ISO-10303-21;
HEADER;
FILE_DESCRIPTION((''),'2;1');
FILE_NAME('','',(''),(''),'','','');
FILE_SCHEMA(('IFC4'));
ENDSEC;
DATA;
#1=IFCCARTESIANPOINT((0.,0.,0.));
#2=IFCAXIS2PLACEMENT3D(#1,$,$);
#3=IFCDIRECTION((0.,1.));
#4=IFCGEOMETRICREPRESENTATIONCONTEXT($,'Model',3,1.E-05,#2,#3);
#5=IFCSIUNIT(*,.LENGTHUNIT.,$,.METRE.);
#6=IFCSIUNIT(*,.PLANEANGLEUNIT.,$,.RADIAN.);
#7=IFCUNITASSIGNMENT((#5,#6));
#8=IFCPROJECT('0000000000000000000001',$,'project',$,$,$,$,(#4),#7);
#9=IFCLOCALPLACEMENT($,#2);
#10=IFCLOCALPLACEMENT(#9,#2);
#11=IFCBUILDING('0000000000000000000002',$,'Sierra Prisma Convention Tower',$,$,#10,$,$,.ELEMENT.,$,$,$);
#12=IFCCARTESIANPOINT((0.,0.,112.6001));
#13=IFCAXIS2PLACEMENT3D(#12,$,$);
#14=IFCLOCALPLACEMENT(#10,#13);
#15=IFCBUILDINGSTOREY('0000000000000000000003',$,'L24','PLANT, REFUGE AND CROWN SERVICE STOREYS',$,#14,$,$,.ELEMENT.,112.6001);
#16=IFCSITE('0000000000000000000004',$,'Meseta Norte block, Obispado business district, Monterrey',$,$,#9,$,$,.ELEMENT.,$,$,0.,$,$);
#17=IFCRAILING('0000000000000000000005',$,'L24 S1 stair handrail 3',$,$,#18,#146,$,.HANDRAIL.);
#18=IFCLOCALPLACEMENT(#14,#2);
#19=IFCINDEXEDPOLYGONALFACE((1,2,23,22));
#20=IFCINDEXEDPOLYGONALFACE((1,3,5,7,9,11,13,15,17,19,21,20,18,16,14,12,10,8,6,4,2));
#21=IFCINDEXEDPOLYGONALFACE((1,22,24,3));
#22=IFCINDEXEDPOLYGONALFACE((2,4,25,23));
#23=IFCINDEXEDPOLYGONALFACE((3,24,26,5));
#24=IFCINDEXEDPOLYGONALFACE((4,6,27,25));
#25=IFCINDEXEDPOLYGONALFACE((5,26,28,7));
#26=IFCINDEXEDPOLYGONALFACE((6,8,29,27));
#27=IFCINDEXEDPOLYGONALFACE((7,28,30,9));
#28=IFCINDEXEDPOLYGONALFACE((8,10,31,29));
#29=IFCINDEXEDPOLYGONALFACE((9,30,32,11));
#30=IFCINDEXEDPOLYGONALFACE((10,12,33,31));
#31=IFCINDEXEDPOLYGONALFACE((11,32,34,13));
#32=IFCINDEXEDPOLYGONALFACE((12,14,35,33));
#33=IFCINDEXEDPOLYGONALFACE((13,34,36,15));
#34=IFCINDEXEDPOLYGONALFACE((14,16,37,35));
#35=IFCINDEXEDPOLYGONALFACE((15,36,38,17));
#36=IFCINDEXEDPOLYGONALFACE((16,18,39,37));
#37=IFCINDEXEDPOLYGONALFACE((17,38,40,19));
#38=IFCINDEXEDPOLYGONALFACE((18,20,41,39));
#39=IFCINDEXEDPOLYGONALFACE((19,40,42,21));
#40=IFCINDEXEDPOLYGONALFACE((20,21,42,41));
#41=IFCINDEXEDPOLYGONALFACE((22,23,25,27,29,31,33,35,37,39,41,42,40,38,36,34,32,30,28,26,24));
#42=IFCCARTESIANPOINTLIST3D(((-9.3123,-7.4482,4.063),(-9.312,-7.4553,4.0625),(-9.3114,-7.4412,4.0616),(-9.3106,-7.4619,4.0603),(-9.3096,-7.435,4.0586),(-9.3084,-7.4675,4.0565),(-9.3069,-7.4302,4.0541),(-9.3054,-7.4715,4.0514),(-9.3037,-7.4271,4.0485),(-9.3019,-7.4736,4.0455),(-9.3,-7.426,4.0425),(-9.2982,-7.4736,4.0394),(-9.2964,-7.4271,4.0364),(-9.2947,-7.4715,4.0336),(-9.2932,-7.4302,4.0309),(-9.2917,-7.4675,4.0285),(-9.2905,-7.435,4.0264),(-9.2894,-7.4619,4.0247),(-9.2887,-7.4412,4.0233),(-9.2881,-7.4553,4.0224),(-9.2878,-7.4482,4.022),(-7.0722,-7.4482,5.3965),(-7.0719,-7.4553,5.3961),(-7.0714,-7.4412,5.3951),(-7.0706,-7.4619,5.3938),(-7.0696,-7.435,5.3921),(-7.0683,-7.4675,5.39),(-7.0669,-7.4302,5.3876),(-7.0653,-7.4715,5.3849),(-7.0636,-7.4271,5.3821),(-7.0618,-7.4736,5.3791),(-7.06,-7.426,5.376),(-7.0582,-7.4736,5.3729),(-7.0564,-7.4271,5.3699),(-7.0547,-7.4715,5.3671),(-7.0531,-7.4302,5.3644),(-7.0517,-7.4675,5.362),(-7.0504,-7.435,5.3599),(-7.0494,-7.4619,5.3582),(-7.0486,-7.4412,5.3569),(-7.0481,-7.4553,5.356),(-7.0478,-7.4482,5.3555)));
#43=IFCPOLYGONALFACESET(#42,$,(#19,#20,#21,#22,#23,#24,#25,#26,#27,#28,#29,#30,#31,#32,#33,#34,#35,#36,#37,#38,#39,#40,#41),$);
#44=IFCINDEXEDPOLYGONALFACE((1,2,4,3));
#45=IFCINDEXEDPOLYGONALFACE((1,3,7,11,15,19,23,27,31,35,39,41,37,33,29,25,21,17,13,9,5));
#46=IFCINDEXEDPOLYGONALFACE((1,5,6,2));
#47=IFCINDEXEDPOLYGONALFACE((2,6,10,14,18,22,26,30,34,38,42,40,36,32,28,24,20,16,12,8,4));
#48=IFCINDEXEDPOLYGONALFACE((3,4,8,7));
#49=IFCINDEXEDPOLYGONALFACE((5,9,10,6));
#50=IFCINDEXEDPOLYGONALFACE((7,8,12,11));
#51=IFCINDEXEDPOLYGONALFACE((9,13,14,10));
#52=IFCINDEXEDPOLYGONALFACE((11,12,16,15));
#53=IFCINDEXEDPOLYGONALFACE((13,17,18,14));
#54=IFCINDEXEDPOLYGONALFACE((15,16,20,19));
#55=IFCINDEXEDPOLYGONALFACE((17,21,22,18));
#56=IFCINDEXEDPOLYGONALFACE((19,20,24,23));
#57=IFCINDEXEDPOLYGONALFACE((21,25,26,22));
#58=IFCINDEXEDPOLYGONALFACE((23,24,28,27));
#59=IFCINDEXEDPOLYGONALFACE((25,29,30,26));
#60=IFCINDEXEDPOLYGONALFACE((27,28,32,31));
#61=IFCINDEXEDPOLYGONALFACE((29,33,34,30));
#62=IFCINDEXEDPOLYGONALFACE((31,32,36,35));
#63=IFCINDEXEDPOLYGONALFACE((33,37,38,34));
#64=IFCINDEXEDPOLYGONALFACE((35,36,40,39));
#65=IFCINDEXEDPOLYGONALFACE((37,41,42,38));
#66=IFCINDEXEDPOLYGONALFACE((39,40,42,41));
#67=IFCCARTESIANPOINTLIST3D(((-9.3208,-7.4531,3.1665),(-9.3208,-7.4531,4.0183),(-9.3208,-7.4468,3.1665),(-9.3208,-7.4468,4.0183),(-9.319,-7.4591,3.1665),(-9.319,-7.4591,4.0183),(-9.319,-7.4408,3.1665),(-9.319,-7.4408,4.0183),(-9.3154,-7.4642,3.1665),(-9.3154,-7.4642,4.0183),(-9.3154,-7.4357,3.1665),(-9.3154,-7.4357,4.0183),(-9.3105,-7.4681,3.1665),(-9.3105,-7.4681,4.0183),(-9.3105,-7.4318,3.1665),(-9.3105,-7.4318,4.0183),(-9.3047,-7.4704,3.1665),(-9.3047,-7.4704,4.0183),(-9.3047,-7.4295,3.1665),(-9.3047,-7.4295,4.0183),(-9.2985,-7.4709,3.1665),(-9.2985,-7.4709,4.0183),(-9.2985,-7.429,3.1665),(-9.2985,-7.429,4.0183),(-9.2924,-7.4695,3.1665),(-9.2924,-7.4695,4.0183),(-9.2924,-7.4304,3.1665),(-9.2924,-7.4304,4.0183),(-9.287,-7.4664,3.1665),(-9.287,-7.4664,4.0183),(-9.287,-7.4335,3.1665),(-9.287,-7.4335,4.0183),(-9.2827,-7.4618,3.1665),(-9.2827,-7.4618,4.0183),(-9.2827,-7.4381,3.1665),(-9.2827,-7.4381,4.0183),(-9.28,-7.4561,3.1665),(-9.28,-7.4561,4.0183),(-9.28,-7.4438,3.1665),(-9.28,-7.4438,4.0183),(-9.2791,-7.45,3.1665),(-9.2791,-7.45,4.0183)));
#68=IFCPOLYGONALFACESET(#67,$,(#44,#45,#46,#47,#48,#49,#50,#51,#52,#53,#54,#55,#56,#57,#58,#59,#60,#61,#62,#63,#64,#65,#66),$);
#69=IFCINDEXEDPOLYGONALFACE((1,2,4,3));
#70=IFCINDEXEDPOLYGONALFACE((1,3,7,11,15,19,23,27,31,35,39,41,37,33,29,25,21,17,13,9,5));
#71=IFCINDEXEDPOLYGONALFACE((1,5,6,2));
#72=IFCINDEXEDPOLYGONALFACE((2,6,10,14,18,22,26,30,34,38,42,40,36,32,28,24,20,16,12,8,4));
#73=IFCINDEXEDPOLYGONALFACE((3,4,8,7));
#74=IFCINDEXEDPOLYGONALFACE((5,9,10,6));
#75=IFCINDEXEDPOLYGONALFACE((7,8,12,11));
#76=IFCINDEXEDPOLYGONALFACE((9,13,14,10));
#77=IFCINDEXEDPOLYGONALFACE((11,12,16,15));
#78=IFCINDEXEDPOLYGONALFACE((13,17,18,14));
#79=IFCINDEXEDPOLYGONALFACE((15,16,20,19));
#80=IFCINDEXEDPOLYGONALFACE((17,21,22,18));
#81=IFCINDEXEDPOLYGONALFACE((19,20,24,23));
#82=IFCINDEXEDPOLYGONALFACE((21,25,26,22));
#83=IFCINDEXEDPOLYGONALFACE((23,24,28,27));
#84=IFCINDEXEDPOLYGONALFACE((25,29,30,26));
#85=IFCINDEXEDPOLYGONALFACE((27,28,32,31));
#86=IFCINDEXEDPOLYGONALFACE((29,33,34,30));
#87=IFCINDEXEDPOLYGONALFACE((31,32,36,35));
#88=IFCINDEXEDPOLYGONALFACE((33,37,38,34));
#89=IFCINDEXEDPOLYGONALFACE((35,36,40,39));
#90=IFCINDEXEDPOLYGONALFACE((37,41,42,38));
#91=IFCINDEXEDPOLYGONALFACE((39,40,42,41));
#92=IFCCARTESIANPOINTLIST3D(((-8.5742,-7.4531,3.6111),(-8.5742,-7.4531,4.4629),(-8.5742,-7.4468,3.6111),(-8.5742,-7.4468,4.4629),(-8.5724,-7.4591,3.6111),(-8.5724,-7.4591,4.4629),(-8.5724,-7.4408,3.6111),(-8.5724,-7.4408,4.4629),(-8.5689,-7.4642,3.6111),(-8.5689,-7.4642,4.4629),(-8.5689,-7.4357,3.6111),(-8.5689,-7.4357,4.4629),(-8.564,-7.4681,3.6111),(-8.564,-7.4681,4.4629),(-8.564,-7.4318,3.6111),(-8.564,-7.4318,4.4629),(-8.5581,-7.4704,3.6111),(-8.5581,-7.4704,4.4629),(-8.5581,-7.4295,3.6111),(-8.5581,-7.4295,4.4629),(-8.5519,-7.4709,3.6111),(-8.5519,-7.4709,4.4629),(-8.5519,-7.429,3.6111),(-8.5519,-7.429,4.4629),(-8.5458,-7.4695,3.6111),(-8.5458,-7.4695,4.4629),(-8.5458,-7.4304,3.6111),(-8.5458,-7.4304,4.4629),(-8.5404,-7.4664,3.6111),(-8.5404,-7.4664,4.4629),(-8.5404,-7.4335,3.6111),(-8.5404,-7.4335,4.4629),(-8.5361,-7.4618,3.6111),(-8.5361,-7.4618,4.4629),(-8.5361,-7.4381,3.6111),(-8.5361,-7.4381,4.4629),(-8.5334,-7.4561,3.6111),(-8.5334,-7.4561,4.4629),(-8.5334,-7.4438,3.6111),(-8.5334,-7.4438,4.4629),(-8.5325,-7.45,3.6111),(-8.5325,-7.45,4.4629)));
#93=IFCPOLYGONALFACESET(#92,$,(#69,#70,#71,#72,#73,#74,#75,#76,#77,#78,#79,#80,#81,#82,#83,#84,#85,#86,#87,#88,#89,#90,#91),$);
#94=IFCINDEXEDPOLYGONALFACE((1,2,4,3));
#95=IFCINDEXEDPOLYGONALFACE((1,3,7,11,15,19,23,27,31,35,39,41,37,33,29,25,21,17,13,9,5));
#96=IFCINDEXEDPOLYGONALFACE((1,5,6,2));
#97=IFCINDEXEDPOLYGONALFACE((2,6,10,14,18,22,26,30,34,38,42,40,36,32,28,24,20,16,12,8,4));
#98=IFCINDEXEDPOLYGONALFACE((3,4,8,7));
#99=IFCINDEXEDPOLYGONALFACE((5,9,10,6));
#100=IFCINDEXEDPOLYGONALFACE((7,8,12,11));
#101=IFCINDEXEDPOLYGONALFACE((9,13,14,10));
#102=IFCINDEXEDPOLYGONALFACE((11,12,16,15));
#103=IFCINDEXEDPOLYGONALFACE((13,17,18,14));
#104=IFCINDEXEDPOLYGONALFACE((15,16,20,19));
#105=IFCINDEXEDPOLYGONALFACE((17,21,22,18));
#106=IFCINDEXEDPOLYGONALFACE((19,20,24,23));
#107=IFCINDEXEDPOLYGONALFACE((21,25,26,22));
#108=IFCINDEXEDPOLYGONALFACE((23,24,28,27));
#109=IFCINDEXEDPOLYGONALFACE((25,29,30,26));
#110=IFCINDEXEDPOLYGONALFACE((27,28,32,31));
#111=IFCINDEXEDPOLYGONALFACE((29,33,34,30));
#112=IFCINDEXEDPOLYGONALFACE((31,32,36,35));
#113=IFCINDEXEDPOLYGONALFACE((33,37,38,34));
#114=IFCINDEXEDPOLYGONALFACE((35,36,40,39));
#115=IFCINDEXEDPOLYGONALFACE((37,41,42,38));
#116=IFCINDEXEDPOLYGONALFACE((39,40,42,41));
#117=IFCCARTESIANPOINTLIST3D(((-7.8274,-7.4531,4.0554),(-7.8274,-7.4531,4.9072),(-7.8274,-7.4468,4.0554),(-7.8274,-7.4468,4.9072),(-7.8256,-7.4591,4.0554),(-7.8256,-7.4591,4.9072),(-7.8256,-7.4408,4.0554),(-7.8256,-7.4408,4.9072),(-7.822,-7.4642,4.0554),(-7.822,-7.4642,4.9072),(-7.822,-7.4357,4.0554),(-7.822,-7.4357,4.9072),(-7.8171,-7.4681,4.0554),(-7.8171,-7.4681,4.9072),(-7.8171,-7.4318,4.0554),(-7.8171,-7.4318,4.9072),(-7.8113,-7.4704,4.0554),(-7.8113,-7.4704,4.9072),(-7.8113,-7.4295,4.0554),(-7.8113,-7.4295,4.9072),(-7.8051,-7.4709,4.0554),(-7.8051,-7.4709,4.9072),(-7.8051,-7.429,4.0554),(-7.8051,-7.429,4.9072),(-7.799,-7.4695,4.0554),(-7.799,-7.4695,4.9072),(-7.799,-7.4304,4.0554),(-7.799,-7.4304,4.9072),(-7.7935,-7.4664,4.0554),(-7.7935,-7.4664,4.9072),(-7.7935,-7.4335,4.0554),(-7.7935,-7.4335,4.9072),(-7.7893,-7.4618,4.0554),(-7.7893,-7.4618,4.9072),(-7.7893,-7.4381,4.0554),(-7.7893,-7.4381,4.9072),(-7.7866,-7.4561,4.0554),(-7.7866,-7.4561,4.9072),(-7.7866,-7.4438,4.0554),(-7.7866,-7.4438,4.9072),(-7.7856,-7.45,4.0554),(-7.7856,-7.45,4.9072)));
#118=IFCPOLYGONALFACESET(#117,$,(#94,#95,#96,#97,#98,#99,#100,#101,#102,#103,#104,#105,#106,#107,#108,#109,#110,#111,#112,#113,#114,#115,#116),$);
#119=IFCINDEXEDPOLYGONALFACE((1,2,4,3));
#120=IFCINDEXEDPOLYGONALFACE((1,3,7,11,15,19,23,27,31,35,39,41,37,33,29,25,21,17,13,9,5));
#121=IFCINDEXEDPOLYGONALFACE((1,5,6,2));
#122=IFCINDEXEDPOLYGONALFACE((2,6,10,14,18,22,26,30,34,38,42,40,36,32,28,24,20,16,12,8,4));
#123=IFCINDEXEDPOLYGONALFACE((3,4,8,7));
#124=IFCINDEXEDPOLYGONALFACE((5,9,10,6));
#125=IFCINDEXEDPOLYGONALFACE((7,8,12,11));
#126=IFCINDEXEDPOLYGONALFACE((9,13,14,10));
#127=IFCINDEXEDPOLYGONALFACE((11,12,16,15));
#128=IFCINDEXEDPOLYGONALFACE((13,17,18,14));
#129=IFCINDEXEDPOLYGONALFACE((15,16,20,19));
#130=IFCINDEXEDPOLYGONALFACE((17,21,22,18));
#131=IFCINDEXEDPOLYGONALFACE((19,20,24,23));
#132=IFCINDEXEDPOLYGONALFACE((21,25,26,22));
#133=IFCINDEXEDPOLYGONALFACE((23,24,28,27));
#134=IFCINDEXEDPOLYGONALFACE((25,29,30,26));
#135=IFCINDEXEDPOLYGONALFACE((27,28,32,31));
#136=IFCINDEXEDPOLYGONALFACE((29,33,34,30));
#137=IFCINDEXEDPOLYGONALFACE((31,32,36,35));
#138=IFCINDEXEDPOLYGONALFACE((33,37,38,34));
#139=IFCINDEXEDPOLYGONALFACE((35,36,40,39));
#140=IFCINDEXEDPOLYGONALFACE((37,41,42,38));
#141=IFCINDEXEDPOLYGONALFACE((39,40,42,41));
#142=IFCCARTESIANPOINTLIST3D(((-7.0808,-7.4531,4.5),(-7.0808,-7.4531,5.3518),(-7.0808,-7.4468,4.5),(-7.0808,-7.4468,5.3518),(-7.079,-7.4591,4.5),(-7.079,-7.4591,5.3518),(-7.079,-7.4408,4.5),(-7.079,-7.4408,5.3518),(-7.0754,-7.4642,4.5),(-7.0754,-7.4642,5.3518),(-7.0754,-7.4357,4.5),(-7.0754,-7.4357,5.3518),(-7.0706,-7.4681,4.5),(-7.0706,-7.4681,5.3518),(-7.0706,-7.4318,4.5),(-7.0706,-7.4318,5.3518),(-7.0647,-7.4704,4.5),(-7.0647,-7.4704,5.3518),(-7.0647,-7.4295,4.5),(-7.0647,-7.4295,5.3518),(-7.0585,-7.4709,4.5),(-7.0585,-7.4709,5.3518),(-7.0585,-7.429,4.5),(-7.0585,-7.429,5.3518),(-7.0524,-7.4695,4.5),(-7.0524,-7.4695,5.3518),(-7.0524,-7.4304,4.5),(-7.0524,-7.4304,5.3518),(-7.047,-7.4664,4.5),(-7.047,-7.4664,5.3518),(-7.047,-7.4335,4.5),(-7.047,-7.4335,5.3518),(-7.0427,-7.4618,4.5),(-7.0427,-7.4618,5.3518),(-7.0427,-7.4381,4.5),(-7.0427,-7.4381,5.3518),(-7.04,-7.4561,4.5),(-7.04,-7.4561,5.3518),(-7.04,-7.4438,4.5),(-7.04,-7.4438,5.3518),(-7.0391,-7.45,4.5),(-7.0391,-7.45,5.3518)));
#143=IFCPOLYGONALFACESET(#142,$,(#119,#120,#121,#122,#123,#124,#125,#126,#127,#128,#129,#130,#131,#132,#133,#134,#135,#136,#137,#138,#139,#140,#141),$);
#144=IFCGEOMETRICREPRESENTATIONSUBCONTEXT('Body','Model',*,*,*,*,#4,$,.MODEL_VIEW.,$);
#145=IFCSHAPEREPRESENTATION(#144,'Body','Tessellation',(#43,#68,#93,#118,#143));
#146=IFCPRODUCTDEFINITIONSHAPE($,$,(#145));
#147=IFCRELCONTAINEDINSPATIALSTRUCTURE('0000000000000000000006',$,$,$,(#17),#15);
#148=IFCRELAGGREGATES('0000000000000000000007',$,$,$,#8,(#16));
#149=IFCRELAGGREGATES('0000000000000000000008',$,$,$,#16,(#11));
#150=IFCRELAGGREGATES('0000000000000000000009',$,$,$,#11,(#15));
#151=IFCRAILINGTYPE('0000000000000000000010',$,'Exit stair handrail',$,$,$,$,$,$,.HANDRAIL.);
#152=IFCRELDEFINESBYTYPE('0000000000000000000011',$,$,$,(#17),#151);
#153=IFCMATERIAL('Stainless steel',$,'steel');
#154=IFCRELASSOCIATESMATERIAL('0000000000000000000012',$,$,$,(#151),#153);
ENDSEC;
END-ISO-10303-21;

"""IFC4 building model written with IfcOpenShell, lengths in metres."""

from ifc_helpers import new_model, si_unit, direction, frame, origin, origin_2d, place, context, subcontext, project, spatial, circle, extrude, material, type_object, element, save


model = new_model("IFC4")

# Units and contexts
model_context = context("Model", 3, precision=1e-05, world=origin(), true_north=direction((0.0, 1.0)))
body_context = subcontext(model_context, "Body", "Model", "MODEL_VIEW")
ifc_project = project(units=[si_unit("LENGTHUNIT", "METRE"), si_unit("PLANEANGLEUNIT", "RADIAN")], contexts=[model_context])

# Site, building, storey
site_placement = place(None, origin())
site = spatial("IfcSite", under=ifc_project, at=site_placement, Name="Meseta Norte block, Obispado business district, Monterrey", CompositionType="ELEMENT", RefElevation=0.0)
building_placement = place(site_placement, origin())
building = spatial("IfcBuilding", under=site, at=building_placement, Name="Sierra Prisma Convention Tower", CompositionType="ELEMENT")
storey_placement = place(building_placement, frame((0.0, 0.0, 112.6001)))
storey = spatial("IfcBuildingStorey", under=building, at=storey_placement, Name="L24", Description="PLANT, REFUGE AND CROWN SERVICE STOREYS", CompositionType="ELEMENT", Elevation=112.6001)

# Railing
ifc_material_1 = material(Name="Stainless steel", Category="steel")
railing_type = type_object("IfcRailingType", Name="Exit stair handrail", PredefinedType="HANDRAIL", material=ifc_material_1)
for number, where, name in (
    (1, (-9.3, -7.45, 3.1665), "L24 S1 stair handrail 3"),
):
    element("IfcRailing", number, at=place(storey_placement, frame(where)), inside=storey, type_object=railing_type, Name=name, PredefinedType="HANDRAIL", context=body_context, shape_type="SweptSolid", body=[
        extrude(circle(Radius=0.0239, at=origin_2d()), frame((0.0, 0.0, 0.876), z_axis=(0.859264, 0.0, 0.511532), x_axis=(0.0, 1.0, 0.0)), (0.0, 0.0, 1.0), 2.6069),
        extrude(circle(Radius=0.021, at=origin_2d()), origin(), (0.0, 0.0, 1.0), 0.8518),
        extrude(circle(Radius=0.021, at=origin_2d()), frame((0.7466, 0.0, 0.4446)), (0.0, 0.0, 1.0), 0.8518),
        extrude(circle(Radius=0.021, at=origin_2d()), frame((1.4934, 0.0, 0.8889)), (0.0, 0.0, 1.0), 0.8518),
        extrude(circle(Radius=0.021, at=origin_2d()), frame((2.24, 0.0, 1.3335)), (0.0, 0.0, 1.0), 0.8518),
    ])

save(model, "model.ifc")
